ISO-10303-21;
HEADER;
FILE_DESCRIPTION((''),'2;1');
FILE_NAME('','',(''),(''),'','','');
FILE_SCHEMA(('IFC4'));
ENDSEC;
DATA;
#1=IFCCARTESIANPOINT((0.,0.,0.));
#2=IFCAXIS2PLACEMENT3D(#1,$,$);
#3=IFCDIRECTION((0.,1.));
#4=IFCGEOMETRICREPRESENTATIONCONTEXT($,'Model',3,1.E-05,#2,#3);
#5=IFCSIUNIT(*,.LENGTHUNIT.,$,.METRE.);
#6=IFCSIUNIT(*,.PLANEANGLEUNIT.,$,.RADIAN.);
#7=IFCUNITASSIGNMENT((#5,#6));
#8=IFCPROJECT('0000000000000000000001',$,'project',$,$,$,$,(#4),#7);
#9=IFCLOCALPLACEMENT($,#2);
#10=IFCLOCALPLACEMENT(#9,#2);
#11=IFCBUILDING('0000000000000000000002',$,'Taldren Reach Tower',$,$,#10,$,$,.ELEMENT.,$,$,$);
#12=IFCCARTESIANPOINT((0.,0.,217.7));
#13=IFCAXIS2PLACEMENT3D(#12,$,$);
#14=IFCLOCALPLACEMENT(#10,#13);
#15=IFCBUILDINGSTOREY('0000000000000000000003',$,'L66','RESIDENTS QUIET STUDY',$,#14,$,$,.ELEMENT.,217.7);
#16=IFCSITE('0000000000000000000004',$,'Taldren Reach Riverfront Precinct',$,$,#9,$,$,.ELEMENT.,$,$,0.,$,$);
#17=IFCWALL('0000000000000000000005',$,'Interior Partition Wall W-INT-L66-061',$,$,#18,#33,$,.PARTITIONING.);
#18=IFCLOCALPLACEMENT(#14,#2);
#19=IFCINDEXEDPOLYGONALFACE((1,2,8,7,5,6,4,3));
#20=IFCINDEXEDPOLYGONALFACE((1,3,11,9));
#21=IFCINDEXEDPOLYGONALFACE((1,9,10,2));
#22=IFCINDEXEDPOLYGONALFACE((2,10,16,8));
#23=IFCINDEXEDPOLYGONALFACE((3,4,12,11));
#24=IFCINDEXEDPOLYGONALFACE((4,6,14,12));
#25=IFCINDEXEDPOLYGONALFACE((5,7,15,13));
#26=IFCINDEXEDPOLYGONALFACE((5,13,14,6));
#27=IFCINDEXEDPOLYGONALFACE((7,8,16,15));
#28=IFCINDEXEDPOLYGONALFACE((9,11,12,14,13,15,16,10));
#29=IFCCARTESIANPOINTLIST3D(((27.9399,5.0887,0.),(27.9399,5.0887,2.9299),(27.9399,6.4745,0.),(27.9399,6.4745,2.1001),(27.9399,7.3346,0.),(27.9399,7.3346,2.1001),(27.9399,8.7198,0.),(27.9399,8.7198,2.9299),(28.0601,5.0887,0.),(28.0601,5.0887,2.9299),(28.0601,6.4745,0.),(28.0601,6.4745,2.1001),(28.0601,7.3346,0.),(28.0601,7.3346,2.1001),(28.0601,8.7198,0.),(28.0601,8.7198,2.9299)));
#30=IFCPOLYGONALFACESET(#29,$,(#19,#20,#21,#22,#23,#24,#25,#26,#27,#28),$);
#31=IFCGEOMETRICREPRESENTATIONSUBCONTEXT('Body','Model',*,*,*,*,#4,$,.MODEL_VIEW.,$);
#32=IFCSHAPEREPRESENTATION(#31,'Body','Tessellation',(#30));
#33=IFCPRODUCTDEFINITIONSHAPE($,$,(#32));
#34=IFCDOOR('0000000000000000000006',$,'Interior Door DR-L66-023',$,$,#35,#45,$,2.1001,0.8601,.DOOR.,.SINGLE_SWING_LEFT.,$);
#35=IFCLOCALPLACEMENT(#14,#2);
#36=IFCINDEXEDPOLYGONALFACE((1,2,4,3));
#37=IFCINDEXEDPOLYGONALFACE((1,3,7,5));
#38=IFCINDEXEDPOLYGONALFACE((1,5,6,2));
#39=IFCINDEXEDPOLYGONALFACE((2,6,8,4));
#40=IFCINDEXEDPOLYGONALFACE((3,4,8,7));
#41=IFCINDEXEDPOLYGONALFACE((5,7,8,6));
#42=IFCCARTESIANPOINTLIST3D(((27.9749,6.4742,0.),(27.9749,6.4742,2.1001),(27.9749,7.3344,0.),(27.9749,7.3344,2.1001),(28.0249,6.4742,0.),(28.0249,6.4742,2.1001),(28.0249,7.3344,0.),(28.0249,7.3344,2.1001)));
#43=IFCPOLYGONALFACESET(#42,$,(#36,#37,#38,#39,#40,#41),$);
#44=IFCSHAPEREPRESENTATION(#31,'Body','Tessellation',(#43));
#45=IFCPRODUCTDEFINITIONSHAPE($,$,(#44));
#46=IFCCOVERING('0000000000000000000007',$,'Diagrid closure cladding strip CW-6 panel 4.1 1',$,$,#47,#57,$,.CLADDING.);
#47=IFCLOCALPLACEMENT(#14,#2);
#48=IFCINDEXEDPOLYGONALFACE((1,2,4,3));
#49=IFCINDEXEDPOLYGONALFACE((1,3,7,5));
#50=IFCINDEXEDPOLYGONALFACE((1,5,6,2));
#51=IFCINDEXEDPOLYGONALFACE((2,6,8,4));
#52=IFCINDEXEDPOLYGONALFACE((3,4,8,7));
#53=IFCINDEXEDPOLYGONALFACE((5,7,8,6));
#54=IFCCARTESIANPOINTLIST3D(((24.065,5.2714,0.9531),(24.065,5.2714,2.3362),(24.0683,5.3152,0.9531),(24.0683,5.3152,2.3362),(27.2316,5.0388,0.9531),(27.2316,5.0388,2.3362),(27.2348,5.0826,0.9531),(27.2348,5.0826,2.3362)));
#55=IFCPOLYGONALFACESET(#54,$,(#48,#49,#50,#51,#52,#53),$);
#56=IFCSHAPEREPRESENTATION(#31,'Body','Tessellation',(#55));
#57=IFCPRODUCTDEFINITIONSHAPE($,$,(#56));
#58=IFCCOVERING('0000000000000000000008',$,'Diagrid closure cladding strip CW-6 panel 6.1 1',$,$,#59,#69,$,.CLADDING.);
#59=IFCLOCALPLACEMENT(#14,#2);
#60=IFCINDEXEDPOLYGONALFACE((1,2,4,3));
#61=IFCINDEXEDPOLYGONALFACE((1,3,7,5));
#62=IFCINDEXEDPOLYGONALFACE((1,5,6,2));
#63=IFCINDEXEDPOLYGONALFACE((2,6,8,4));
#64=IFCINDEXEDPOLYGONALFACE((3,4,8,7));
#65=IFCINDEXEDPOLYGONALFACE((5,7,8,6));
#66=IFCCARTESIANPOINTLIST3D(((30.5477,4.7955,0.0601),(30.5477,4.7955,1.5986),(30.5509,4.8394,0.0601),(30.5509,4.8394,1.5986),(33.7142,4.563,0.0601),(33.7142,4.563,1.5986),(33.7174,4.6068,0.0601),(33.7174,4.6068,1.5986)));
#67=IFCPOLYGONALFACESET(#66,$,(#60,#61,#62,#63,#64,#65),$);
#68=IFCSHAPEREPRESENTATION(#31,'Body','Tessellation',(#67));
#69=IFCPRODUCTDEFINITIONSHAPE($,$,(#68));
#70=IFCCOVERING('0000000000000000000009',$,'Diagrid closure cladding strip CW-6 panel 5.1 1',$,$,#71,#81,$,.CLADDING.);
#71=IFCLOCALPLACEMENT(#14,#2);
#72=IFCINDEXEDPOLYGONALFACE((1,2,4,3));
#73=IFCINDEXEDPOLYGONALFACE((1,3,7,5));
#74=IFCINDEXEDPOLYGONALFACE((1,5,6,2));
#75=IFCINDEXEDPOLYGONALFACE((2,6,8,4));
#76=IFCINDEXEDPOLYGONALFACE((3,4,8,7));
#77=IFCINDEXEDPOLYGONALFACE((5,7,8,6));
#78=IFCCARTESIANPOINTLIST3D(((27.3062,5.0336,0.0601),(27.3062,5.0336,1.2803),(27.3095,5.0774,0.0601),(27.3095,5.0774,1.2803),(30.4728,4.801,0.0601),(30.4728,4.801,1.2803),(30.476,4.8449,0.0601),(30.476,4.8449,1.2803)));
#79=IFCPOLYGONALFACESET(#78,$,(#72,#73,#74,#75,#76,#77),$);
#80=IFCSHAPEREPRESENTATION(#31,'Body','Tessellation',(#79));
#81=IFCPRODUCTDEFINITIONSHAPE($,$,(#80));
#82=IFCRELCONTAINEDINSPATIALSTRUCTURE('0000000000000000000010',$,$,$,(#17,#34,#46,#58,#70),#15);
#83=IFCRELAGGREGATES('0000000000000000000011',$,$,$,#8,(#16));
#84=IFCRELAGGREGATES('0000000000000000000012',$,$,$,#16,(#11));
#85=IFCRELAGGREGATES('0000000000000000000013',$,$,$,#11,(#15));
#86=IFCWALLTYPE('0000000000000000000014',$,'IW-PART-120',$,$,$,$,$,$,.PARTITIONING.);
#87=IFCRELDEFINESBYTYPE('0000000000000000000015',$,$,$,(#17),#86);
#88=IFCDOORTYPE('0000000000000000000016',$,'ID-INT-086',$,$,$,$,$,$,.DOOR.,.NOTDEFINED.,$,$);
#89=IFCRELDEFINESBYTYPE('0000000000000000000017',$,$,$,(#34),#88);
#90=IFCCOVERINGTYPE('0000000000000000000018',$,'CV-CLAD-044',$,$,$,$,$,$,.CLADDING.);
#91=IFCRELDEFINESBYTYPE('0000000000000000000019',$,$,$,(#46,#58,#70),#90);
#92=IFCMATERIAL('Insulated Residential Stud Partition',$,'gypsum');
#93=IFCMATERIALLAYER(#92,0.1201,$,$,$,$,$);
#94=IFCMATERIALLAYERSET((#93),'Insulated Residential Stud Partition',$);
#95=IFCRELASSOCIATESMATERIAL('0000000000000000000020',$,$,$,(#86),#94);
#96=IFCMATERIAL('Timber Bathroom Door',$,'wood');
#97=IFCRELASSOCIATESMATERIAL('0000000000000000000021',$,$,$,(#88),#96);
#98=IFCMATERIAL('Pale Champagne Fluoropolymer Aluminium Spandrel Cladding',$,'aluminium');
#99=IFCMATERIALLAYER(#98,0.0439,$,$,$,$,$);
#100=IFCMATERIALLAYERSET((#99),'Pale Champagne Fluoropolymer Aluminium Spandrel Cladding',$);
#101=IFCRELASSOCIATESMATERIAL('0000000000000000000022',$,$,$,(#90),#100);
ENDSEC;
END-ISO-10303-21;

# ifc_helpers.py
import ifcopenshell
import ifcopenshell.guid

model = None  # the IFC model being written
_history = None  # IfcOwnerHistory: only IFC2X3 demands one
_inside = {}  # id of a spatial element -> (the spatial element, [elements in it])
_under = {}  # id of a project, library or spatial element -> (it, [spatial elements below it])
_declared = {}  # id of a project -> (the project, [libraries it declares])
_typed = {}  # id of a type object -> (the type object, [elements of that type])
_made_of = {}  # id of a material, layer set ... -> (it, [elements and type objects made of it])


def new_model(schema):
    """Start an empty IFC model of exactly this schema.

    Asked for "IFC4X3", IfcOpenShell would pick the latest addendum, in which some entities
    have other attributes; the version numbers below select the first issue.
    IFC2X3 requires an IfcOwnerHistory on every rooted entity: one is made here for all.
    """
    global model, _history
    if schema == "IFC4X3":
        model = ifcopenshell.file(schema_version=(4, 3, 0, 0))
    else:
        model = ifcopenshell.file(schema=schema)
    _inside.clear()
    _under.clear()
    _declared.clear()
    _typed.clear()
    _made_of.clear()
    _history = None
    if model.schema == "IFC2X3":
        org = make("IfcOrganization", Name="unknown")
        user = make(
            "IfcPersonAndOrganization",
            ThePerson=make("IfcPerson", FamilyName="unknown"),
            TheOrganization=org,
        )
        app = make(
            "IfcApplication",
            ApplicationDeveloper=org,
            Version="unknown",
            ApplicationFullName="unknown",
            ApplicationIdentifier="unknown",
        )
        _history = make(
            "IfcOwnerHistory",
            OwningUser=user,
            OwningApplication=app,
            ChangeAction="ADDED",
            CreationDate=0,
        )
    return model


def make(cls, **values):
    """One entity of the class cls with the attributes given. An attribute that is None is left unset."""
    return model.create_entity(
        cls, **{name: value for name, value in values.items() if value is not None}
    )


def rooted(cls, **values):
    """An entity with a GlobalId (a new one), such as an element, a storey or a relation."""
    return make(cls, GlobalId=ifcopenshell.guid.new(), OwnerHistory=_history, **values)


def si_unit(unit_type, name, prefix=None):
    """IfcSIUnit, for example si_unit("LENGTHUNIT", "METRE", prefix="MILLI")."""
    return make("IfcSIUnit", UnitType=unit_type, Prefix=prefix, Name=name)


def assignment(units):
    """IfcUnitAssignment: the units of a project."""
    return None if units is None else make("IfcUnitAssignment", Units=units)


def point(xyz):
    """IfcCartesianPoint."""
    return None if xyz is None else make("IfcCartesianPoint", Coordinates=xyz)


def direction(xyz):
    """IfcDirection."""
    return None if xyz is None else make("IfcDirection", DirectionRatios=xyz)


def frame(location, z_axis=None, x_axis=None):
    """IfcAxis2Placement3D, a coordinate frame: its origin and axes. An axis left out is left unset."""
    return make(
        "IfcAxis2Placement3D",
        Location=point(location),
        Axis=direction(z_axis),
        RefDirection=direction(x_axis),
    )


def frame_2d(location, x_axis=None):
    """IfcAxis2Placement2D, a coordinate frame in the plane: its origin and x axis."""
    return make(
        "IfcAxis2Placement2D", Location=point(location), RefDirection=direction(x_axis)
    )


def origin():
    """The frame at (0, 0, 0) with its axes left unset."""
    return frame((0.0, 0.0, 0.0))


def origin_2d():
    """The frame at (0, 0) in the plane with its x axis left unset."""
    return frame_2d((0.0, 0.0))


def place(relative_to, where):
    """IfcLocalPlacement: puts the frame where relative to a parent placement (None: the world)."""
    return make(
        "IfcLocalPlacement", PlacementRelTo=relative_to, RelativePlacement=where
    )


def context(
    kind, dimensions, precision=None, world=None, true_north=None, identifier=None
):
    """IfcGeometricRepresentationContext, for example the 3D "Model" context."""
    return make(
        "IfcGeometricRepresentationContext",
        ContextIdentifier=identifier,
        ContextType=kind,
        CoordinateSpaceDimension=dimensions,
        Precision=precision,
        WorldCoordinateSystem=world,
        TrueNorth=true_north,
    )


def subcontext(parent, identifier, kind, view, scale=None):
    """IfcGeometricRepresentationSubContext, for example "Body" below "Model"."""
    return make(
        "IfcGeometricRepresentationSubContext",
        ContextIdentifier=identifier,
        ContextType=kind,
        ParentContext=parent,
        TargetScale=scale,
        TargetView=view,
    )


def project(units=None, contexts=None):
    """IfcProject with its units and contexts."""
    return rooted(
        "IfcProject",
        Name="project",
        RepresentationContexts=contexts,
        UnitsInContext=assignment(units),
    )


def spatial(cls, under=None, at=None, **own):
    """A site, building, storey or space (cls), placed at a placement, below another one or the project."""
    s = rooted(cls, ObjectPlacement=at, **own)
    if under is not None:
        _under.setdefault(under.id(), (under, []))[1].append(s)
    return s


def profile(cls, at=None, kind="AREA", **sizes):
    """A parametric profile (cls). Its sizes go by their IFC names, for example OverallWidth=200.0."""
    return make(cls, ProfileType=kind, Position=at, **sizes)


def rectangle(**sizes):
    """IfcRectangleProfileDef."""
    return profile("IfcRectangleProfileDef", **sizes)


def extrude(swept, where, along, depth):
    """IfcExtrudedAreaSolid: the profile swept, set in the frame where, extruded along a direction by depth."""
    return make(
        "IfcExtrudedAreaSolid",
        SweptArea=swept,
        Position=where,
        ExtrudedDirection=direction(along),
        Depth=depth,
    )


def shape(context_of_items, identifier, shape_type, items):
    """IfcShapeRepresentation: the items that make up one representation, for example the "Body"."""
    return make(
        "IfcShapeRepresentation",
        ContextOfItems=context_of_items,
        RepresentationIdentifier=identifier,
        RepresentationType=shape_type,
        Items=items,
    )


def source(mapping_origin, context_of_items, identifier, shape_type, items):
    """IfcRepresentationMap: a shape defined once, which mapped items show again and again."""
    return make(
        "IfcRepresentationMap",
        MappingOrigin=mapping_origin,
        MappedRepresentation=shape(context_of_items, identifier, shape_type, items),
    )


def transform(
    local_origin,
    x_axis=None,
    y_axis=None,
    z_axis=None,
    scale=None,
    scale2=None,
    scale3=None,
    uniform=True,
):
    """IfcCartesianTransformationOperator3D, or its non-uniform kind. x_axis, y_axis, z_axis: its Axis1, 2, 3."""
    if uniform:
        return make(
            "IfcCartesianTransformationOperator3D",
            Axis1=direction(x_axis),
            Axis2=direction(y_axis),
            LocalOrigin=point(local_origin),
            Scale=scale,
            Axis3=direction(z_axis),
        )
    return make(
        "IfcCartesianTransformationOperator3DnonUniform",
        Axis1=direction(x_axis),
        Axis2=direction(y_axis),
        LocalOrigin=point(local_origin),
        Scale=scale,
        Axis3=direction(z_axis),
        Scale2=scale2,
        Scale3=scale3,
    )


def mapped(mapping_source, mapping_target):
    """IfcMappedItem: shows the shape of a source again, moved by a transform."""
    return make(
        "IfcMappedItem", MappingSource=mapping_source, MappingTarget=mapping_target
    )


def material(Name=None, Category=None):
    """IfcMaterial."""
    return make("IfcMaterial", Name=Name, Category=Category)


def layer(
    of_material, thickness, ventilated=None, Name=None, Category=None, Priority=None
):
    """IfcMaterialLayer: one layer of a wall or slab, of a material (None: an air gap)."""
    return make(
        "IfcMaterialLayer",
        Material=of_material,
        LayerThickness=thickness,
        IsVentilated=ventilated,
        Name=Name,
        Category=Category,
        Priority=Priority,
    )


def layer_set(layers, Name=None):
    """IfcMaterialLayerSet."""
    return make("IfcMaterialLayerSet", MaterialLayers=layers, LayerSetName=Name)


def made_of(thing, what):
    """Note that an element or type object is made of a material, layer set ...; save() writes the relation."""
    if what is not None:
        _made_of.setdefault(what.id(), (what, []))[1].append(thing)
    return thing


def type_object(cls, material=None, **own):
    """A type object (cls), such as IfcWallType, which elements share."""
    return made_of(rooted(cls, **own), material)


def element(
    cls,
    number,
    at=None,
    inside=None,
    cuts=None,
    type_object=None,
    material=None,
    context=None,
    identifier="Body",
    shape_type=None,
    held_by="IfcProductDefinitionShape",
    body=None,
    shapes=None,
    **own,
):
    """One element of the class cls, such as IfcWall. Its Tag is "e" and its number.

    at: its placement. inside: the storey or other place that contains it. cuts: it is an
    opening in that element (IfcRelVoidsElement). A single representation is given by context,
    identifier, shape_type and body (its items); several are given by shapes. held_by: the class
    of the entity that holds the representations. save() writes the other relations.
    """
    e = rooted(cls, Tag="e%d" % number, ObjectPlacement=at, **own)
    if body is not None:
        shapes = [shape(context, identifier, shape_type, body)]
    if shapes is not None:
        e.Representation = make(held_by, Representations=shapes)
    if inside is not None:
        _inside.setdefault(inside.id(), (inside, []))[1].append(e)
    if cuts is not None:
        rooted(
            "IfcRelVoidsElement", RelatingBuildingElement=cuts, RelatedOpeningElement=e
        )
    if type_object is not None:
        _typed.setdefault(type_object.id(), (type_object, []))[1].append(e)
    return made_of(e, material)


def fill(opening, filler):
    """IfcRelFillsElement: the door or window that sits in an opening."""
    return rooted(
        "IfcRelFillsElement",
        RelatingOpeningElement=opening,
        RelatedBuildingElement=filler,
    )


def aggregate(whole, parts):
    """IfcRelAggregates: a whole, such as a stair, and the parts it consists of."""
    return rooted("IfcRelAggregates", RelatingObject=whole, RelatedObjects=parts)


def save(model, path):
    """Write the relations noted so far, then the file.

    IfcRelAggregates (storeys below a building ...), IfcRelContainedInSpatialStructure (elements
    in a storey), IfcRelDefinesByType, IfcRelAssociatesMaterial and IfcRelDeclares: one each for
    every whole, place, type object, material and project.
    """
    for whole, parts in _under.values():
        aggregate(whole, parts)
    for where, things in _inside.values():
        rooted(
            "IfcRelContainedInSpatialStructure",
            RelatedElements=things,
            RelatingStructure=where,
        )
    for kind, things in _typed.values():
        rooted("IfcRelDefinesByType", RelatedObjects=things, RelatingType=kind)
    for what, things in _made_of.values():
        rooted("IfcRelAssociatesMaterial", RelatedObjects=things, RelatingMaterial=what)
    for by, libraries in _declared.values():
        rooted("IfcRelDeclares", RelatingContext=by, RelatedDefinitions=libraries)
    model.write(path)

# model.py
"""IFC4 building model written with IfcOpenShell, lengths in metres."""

from ifc_helpers import new_model, si_unit, direction, frame, frame_2d, origin, origin_2d, place, context, subcontext, project, spatial, rectangle, extrude, source, transform, mapped, material, layer, layer_set, type_object, element, fill, save


model = new_model("IFC4")

# Units and contexts
model_context = context("Model", 3, precision=1e-05, world=origin(), true_north=direction((0.0, 1.0)))
body_context = subcontext(model_context, "Body", "Model", "MODEL_VIEW")
ifc_project = project(units=[si_unit("LENGTHUNIT", "METRE"), si_unit("PLANEANGLEUNIT", "RADIAN")], contexts=[model_context])

# Site, building, storey
site_placement = place(None, origin())
site = spatial("IfcSite", under=ifc_project, at=site_placement, Name="Taldren Reach Riverfront Precinct", CompositionType="ELEMENT", RefElevation=0.0)
building_placement = place(site_placement, origin())
building = spatial("IfcBuilding", under=site, at=building_placement, Name="Taldren Reach Tower", CompositionType="ELEMENT")
storey_placement = place(building_placement, frame((0.0, 0.0, 217.7)))
storey = spatial("IfcBuildingStorey", under=building, at=storey_placement, Name="L66", Description="RESIDENTS QUIET STUDY", CompositionType="ELEMENT", Elevation=217.7)

# Wall, opening, door
ifc_material_1 = material(Name="Insulated Residential Stud Partition", Category="gypsum")
ifc_layer_1 = layer(ifc_material_1, 0.1201)
ifc_layer_set_1 = layer_set([ifc_layer_1], Name="Insulated Residential Stud Partition")
wall_type = type_object("IfcWallType", Name="IW-PART-120", PredefinedType="PARTITIONING", material=ifc_layer_set_1)
shared_shape_1 = source(origin(), body_context, "Body", "SweptSolid", [
    extrude(rectangle(XDim=3.6311, YDim=0.1201, at=frame_2d((1.8154, 0.0))), origin(), (0.0, 0.0, 1.0), 2.9299),
])
wall_placement = place(storey_placement, frame((28.0, 5.0889, 0.0), z_axis=(0.0, 0.0, 1.0), x_axis=(0.0, 1.0, 0.0)))
wall = element("IfcWall", 1, at=wall_placement, inside=storey, type_object=wall_type, Name="Interior Partition Wall W-INT-L66-061", PredefinedType="PARTITIONING", context=body_context, shape_type="MappedRepresentation", body=[
    mapped(shared_shape_1, transform((0.0, 0.0, 0.0), scale=1.0)),
])
shared_shape_2 = source(origin(), body_context, "Body", "SweptSolid", [
    extrude(rectangle(XDim=0.8601, YDim=2.1001, at=frame_2d((0.4302, 1.05))), frame((0.0, 0.0701, 0.0), z_axis=(0.0, -1.0, 0.0), x_axis=(1.0, 0.0, 0.0)), (0.0, 0.0, 1.0), 0.1401),
])
opening_placement = place(wall_placement, frame((1.3855, 0.0, 0.0)))
opening = element("IfcOpeningElement", 2, at=opening_placement, cuts=wall, PredefinedType="OPENING", context=body_context, shape_type="MappedRepresentation", body=[
    mapped(shared_shape_2, transform((0.0, 0.0, 0.0), scale=1.0)),
])
ifc_material_2 = material(Name="Timber Bathroom Door", Category="wood")
door_type = type_object("IfcDoorType", Name="ID-INT-086", OperationType="NOTDEFINED", PredefinedType="DOOR", material=ifc_material_2)
shared_shape_3 = source(origin(), body_context, "Body", "SweptSolid", [
    extrude(rectangle(XDim=0.8601, YDim=2.1001, at=frame_2d((0.4302, 1.05))), frame((0.0, 0.0249, 0.0), z_axis=(0.0, -1.0, 0.0), x_axis=(1.0, 0.0, 0.0)), (0.0, 0.0, 1.0), 0.05),
])
door_placement = place(opening_placement, frame((0.8601, 0.0, 0.0), z_axis=(0.0, 0.0, 1.0), x_axis=(-1.0, 0.0, 0.0)))
door = element("IfcDoor", 3, at=door_placement, inside=storey, type_object=door_type, Name="Interior Door DR-L66-023", OperationType="SINGLE_SWING_LEFT", OverallHeight=2.1001, OverallWidth=0.8601, PredefinedType="DOOR", context=body_context, shape_type="MappedRepresentation", body=[
    mapped(shared_shape_3, transform((0.0, 0.0, 0.0), scale=1.0)),
])
fill(opening, door)

# Coverings
ifc_material_3 = material(Name="Pale Champagne Fluoropolymer Aluminium Spandrel Cladding", Category="aluminium")
ifc_layer_2 = layer(ifc_material_3, 0.0439)
ifc_layer_set_2 = layer_set([ifc_layer_2], Name="Pale Champagne Fluoropolymer Aluminium Spandrel Cladding")
covering_type = type_object("IfcCoveringType", Name="CV-CLAD-044", PredefinedType="CLADDING", material=ifc_layer_set_2)
shared_shape_4 = source(origin(), body_context, "Body", "SweptSolid", [
    extrude(rectangle(XDim=3.175, YDim=0.0439, at=origin_2d()), origin(), (0.0, 0.0, 1.0), 1.3831),
])
covering_1_placement = place(storey_placement, frame((25.6499, 5.177, 0.9531), z_axis=(0.0, 0.0, 1.0), x_axis=(0.997314, -0.073238, 0.0)))
element("IfcCovering", 4, at=covering_1_placement, inside=storey, type_object=covering_type, Name="Diagrid closure cladding strip CW-6 panel 4.1 1", PredefinedType="CLADDING", context=body_context, shape_type="MappedRepresentation", body=[
    mapped(shared_shape_4, transform((0.0, 0.0, 0.0), scale=1.0)),
])
shared_shape_5 = source(origin(), body_context, "Body", "SweptSolid", [
    extrude(rectangle(XDim=3.175, YDim=0.0439, at=origin_2d()), origin(), (0.0, 0.0, 1.0), 1.5386),
])
covering_2_placement = place(storey_placement, frame((32.1326, 4.7012, 0.0601), z_axis=(0.0, 0.0, 1.0), x_axis=(0.997314, -0.073238, 0.0)))
element("IfcCovering", 5, at=covering_2_placement, inside=storey, type_object=covering_type, Name="Diagrid closure cladding strip CW-6 panel 6.1 1", PredefinedType="CLADDING", context=body_context, shape_type="MappedRepresentation", body=[
    mapped(shared_shape_5, transform((0.0, 0.0, 0.0), scale=1.0)),
])
shared_shape_6 = source(origin(), body_context, "Body", "SweptSolid", [
    extrude(rectangle(XDim=3.175, YDim=0.0439, at=origin_2d()), origin(), (0.0, 0.0, 1.0), 1.2202),
])
covering_3_placement = place(storey_placement, frame((28.8911, 4.9392, 0.0601), z_axis=(0.0, 0.0, 1.0), x_axis=(0.997314, -0.073238, 0.0)))
element("IfcCovering", 6, at=covering_3_placement, inside=storey, type_object=covering_type, Name="Diagrid closure cladding strip CW-6 panel 5.1 1", PredefinedType="CLADDING", context=body_context, shape_type="MappedRepresentation", body=[
    mapped(shared_shape_6, transform((0.0, 0.0, 0.0), scale=1.0)),
])

save(model, "model.ifc")
